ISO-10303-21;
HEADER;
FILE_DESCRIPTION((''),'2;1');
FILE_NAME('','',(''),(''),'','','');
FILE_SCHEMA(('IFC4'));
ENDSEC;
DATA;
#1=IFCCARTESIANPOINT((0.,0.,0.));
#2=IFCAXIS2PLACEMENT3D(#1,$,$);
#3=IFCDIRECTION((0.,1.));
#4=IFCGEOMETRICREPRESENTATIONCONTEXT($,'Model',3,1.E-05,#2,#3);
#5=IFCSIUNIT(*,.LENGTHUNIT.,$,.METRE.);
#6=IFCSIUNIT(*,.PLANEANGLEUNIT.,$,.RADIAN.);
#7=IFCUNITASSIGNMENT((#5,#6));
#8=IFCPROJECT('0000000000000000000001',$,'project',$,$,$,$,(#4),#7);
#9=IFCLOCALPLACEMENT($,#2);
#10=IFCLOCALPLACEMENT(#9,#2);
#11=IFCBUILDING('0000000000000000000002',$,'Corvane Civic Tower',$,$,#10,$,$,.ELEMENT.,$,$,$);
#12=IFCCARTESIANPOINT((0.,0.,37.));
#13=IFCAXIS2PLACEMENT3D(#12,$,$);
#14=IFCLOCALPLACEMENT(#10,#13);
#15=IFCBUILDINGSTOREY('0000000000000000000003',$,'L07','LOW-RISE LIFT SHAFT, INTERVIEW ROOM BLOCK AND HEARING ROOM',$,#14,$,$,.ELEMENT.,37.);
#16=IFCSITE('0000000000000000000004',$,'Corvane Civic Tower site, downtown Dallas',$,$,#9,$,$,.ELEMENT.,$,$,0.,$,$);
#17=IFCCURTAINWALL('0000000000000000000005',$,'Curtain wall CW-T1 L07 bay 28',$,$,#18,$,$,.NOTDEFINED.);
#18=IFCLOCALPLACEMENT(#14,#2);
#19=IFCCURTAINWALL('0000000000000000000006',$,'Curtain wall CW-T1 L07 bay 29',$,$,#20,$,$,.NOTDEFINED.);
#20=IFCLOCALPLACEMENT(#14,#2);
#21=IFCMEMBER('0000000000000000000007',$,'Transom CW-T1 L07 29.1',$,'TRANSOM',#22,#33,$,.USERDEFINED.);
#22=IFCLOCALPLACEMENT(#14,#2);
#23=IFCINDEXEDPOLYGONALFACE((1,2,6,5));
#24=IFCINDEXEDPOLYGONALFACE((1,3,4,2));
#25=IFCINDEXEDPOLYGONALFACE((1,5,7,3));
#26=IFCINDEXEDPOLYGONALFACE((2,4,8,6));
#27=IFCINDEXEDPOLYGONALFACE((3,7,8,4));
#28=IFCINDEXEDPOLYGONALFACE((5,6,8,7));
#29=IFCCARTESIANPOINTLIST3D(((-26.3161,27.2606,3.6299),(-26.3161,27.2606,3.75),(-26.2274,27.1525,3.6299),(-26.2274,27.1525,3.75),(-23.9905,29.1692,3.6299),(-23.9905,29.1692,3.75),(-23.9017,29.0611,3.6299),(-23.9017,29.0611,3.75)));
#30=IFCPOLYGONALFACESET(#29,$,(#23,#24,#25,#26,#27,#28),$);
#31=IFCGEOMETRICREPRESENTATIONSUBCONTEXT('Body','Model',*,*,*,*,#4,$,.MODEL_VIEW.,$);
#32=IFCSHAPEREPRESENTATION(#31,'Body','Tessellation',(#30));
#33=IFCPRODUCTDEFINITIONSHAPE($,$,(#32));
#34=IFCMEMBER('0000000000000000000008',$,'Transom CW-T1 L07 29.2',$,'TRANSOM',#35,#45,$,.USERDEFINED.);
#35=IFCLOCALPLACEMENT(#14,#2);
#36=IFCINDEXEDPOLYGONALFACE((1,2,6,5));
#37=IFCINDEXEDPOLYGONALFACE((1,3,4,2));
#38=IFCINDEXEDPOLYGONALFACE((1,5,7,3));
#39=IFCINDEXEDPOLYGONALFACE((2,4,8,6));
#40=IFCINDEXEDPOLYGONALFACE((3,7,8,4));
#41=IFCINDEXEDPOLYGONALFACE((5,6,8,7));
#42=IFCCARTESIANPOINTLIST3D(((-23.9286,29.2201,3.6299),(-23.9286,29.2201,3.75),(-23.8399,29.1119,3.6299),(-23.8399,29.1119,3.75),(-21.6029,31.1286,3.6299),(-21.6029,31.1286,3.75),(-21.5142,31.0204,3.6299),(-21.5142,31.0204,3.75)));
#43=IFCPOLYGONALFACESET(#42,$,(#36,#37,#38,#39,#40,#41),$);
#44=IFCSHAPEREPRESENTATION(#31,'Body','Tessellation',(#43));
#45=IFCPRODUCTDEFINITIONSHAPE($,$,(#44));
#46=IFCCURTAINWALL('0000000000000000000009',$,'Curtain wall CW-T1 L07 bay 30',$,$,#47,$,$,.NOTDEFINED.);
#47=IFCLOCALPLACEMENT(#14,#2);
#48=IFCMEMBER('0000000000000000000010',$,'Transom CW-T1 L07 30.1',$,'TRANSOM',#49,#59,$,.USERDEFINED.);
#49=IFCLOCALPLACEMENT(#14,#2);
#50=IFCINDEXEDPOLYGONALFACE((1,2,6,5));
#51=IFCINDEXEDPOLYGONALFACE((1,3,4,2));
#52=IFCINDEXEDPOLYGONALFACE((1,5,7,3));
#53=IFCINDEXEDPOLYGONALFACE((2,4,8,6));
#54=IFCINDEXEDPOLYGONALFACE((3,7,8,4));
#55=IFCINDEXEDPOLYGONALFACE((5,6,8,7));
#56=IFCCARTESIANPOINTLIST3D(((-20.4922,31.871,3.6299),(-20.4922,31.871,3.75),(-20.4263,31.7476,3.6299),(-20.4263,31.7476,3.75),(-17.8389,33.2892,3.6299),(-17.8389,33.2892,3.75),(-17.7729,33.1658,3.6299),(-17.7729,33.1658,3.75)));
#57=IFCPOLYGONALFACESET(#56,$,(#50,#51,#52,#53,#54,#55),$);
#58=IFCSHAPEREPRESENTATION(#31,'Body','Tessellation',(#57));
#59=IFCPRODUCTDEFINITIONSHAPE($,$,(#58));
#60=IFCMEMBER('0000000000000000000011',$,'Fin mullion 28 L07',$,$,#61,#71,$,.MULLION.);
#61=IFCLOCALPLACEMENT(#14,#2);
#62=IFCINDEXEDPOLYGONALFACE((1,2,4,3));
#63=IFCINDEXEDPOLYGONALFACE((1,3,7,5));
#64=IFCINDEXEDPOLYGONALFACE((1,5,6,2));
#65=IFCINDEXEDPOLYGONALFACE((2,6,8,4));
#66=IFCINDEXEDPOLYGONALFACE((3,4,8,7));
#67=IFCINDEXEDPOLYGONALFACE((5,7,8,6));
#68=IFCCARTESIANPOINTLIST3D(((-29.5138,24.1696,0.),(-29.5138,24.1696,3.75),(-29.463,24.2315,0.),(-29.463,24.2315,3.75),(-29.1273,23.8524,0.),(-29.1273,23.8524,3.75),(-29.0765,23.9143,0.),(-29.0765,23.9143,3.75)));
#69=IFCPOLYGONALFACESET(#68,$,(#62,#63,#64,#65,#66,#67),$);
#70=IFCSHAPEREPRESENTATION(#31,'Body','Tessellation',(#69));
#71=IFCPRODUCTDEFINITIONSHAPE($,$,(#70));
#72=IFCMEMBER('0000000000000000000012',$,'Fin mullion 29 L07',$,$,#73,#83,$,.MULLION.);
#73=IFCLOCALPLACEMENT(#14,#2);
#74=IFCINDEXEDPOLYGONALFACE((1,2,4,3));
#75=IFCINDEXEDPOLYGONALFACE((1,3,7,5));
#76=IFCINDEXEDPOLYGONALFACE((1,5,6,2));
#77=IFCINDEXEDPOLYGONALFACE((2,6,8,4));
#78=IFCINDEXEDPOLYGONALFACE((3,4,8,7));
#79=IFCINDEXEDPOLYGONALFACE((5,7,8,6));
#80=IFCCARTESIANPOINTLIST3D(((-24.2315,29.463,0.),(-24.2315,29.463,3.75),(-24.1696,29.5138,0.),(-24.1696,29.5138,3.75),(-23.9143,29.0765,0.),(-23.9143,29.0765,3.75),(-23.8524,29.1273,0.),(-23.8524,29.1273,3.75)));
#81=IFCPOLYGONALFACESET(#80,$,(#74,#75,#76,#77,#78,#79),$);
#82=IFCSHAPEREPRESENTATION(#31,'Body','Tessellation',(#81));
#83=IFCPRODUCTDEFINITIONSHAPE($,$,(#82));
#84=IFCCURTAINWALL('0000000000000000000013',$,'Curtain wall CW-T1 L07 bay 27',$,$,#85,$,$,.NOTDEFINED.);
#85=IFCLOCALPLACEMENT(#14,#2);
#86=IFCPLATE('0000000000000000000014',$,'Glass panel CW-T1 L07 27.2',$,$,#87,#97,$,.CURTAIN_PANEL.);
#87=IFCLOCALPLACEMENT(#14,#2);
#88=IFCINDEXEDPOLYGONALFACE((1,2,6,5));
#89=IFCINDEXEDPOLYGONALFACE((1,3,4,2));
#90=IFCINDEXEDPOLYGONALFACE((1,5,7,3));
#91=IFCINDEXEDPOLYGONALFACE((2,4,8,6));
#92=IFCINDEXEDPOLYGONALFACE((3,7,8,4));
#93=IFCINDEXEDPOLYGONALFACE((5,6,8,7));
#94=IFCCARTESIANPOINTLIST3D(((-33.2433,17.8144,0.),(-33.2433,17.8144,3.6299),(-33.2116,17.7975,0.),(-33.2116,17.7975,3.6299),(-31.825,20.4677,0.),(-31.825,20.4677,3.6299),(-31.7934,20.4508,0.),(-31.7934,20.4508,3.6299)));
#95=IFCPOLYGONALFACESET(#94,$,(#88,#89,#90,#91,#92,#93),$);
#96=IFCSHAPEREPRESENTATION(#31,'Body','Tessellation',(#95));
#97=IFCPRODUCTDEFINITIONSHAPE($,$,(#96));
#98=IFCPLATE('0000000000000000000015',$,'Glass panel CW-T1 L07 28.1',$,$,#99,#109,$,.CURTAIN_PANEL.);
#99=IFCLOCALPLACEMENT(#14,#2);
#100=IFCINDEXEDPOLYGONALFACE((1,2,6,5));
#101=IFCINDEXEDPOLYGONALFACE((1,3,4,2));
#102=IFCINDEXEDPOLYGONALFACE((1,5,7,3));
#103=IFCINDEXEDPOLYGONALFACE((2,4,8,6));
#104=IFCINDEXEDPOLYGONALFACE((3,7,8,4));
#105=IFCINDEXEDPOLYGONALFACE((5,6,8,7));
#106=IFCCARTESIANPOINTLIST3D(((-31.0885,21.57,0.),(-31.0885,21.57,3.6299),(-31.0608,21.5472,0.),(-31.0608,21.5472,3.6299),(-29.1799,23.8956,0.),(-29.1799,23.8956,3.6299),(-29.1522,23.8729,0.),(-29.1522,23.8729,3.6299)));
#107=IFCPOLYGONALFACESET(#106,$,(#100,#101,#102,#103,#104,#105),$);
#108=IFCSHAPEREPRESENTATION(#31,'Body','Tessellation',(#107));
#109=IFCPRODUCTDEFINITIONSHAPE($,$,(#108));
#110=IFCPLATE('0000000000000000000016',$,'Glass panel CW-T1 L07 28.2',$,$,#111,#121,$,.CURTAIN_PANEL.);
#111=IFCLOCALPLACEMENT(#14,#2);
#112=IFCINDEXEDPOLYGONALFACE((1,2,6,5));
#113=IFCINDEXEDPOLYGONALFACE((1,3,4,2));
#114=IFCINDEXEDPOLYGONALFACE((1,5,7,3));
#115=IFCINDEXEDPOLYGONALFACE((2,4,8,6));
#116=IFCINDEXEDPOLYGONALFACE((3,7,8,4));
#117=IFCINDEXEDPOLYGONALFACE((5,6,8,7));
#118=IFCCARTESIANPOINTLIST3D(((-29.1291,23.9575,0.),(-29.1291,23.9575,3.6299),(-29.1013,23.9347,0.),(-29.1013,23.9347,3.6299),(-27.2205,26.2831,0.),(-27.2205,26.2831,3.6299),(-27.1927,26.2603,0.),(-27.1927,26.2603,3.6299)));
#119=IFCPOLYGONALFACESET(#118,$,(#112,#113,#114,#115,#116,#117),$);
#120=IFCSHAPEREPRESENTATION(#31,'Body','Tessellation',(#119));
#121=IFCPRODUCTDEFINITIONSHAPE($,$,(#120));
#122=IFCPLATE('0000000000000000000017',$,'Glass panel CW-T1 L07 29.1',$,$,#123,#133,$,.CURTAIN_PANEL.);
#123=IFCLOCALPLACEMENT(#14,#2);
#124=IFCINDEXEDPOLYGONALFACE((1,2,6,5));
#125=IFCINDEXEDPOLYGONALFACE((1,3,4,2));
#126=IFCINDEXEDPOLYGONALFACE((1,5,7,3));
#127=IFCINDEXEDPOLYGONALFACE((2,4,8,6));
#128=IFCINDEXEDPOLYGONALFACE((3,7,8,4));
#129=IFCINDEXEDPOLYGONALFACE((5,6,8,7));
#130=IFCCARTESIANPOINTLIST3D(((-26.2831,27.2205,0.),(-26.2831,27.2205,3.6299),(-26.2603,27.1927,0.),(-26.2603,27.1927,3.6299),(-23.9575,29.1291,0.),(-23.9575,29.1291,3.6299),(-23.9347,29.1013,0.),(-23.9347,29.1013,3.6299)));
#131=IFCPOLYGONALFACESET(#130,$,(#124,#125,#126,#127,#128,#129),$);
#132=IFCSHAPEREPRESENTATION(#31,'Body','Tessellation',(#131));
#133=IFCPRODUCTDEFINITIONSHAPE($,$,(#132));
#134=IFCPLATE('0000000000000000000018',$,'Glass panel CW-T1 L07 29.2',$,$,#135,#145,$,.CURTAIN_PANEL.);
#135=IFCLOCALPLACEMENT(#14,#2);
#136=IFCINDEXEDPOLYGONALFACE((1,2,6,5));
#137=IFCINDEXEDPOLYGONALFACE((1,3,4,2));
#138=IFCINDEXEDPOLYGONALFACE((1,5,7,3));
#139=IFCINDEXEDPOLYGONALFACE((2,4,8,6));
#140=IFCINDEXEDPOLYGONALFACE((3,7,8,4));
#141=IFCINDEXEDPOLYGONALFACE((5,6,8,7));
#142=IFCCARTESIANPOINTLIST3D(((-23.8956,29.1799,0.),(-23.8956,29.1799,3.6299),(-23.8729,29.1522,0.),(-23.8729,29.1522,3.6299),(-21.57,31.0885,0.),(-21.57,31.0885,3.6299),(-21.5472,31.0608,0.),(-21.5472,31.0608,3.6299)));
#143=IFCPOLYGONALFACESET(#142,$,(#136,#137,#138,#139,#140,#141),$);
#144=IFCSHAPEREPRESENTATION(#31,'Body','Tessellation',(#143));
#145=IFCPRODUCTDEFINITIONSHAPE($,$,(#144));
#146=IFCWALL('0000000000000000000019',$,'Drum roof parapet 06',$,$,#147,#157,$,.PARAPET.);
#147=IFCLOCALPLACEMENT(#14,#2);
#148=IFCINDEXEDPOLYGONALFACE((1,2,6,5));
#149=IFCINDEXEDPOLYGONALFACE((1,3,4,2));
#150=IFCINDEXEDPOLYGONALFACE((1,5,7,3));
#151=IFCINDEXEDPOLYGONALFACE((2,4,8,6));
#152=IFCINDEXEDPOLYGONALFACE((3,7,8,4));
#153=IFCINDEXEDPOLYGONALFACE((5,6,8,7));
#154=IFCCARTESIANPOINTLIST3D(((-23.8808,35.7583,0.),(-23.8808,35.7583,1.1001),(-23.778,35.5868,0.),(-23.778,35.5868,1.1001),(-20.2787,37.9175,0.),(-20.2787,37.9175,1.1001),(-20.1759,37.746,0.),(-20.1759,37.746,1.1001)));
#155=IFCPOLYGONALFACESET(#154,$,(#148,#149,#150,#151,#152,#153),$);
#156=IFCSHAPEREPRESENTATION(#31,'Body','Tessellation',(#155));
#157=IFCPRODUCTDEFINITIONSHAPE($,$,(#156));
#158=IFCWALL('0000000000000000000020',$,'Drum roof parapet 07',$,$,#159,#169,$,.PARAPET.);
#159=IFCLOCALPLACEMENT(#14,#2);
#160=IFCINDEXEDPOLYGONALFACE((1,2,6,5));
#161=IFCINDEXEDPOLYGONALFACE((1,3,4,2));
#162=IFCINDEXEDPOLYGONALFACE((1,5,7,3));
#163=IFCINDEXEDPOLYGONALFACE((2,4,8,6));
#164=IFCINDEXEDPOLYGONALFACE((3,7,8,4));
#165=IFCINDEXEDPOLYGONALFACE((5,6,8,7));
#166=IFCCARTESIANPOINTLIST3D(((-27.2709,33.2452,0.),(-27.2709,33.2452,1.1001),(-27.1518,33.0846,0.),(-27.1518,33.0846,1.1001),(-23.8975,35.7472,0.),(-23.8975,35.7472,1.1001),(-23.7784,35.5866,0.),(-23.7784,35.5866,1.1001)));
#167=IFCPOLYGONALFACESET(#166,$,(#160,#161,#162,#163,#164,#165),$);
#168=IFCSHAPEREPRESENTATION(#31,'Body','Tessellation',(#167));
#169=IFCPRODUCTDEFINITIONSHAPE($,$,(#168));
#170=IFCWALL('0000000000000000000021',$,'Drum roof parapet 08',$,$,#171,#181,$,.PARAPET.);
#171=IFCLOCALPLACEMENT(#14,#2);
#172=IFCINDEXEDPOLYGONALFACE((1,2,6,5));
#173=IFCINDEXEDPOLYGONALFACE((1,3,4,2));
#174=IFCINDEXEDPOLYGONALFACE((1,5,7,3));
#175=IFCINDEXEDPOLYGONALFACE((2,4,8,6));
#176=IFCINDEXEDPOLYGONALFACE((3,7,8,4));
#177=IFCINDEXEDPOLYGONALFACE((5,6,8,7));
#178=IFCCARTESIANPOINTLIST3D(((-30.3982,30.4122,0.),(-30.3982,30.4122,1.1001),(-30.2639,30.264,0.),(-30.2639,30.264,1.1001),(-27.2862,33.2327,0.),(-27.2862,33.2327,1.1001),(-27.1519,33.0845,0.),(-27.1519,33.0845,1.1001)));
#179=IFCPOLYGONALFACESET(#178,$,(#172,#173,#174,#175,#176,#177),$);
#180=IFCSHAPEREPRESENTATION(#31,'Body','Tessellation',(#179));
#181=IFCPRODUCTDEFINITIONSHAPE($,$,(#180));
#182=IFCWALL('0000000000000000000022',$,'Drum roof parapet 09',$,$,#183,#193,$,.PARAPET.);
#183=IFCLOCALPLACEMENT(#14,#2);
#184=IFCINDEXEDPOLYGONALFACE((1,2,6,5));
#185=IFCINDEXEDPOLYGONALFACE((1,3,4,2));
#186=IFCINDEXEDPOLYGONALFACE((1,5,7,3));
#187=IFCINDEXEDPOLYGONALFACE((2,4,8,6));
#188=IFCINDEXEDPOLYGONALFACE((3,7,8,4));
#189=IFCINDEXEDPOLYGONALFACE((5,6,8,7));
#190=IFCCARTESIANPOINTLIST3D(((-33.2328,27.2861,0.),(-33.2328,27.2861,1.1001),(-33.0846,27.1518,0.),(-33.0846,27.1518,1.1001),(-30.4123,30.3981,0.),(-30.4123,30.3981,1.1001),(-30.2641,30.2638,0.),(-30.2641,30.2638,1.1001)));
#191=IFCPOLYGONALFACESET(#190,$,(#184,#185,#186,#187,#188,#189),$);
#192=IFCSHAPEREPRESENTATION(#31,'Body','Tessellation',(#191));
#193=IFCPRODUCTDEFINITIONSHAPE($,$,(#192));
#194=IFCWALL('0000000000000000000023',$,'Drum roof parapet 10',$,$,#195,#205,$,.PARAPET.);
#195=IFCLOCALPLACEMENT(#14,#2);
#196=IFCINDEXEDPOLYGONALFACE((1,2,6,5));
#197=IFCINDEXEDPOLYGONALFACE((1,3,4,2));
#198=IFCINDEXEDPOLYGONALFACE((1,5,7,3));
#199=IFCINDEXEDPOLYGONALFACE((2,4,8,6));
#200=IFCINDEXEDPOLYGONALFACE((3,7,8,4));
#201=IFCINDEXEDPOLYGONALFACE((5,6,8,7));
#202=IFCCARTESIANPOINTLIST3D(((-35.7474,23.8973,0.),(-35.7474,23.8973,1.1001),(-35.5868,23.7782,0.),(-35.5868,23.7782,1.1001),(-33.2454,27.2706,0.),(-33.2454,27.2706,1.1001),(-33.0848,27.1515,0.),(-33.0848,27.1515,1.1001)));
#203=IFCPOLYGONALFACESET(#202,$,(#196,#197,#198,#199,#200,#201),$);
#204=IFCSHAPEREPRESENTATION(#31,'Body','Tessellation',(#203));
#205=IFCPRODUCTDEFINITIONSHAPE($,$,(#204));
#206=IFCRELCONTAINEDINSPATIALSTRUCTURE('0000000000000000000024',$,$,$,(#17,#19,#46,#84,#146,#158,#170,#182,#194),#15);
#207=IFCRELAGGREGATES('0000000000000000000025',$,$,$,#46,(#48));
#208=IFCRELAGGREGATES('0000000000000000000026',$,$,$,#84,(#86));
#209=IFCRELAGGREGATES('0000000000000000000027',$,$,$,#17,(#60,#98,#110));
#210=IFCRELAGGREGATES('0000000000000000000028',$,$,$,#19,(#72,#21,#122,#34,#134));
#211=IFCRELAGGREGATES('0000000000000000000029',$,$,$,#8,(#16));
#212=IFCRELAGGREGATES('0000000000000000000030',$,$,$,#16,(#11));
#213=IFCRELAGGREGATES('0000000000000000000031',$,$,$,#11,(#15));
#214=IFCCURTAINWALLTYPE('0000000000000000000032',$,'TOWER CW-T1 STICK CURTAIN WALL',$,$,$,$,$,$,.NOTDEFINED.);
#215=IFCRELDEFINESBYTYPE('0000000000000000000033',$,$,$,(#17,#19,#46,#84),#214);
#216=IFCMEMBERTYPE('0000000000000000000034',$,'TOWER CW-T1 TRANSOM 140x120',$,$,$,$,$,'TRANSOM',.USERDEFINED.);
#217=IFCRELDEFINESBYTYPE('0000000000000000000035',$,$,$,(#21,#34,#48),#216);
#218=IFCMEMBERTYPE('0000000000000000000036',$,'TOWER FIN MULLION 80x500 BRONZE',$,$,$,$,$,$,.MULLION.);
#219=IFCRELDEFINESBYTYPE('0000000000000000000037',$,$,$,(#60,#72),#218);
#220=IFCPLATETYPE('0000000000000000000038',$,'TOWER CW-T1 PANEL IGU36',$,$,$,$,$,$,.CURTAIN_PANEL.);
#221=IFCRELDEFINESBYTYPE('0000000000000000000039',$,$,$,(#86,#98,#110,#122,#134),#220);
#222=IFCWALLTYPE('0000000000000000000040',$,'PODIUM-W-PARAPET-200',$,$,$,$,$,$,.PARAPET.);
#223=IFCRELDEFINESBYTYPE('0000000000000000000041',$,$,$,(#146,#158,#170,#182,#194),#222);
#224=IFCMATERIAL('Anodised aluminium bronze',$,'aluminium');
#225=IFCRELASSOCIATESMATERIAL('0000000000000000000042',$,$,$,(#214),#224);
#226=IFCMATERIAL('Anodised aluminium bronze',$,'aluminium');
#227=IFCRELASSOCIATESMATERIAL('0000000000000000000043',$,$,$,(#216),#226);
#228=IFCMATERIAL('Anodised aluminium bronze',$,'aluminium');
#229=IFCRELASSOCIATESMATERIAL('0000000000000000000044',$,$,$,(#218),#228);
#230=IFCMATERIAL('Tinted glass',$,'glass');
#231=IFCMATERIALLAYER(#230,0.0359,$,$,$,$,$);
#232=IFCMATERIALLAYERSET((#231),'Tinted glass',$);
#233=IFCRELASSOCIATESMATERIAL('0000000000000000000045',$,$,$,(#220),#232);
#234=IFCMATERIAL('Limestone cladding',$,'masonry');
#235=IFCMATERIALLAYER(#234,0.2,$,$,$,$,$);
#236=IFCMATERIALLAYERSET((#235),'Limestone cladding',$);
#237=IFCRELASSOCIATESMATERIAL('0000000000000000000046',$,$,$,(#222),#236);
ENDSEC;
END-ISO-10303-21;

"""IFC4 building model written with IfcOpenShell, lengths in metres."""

from ifc_helpers import new_model, si_unit, direction, frame, frame_2d, origin, origin_2d, place, context, subcontext, project, spatial, rectangle, extrude, material, layer, layer_set, material_profile, profile_set, type_object, element, aggregate, save


model = new_model("IFC4")

# Units and contexts
model_context = context("Model", 3, precision=1e-05, world=origin(), true_north=direction((0.0, 1.0)))
body_context = subcontext(model_context, "Body", "Model", "MODEL_VIEW")
ifc_project = project(units=[si_unit("LENGTHUNIT", "METRE"), si_unit("PLANEANGLEUNIT", "RADIAN")], contexts=[model_context])

# Site, building, storey
site_placement = place(None, origin())
site = spatial("IfcSite", under=ifc_project, at=site_placement, Name="Corvane Civic Tower site, downtown Dallas", CompositionType="ELEMENT", RefElevation=0.0)
building_placement = place(site_placement, origin())
building = spatial("IfcBuilding", under=site, at=building_placement, Name="Corvane Civic Tower", CompositionType="ELEMENT")
storey_placement = place(building_placement, frame((0.0, 0.0, 37.0)))
storey = spatial("IfcBuildingStorey", under=building, at=storey_placement, Name="L07", Description="LOW-RISE LIFT SHAFT, INTERVIEW ROOM BLOCK AND HEARING ROOM", CompositionType="ELEMENT", Elevation=37.0)

# Curtain walls, members
ifc_material_1 = material(Name="Anodised aluminium bronze", Category="aluminium")
curtain_wall_type = type_object("IfcCurtainWallType", Name="TOWER CW-T1 STICK CURTAIN WALL", PredefinedType="NOTDEFINED", material=ifc_material_1)
curtain_wall_1_placement = place(storey_placement, origin())
curtain_wall_1 = element("IfcCurtainWall", 1, at=curtain_wall_1_placement, inside=storey, type_object=curtain_wall_type, Name="Curtain wall CW-T1 L07 bay 28", PredefinedType="NOTDEFINED")
ifc_material_2 = material(Name="Anodised aluminium bronze", Category="aluminium")
ifc_material_profile_1 = material_profile(ifc_material_2, rectangle(XDim=0.1399, YDim=0.1201, at=origin_2d()), Name="TOWER CW-T1 TRANSOM 140x120")
ifc_profile_set_1 = profile_set([ifc_material_profile_1], Name="Anodised aluminium bronze")
member_type_1 = type_object("IfcMemberType", Name="TOWER CW-T1 TRANSOM 140x120", ElementType="TRANSOM", PredefinedType="USERDEFINED", material=ifc_profile_set_1)
curtain_wall_2_placement = place(storey_placement, origin())
curtain_wall_2 = element("IfcCurtainWall", 2, at=curtain_wall_2_placement, inside=storey, type_object=curtain_wall_type, Name="Curtain wall CW-T1 L07 bay 29", PredefinedType="NOTDEFINED")
member_1_placement = place(storey_placement, frame((-26.2717, 27.2065, 3.6899), z_axis=(0.773002, 0.634404, 0.0), x_axis=(-0.634404, 0.773002, 0.0)))
member_1 = element("IfcMember", 3, at=member_1_placement, type_object=member_type_1, Name="Transom CW-T1 L07 29.1", ObjectType="TRANSOM", PredefinedType="USERDEFINED", context=body_context, shape_type="SweptSolid", body=[
    extrude(rectangle(XDim=0.1399, YDim=0.1201, at=origin_2d()), origin(), (0.0, 0.0, 1.0), 3.0085),
])
member_2_placement = place(storey_placement, frame((-23.8843, 29.166, 3.6899), z_axis=(0.773042, 0.634355, 0.0), x_axis=(-0.634355, 0.773042, 0.0)))
member_2 = element("IfcMember", 4, at=member_2_placement, type_object=member_type_1, Name="Transom CW-T1 L07 29.2", ObjectType="TRANSOM", PredefinedType="USERDEFINED", context=body_context, shape_type="SweptSolid", body=[
    extrude(rectangle(XDim=0.1399, YDim=0.1201, at=origin_2d()), origin(), (0.0, 0.0, 1.0), 3.0085),
])

# Curtain wall, member
curtain_wall_3_placement = place(storey_placement, origin())
curtain_wall_3 = element("IfcCurtainWall", 5, at=curtain_wall_3_placement, inside=storey, type_object=curtain_wall_type, Name="Curtain wall CW-T1 L07 bay 30", PredefinedType="NOTDEFINED")
member_3_placement = place(storey_placement, frame((-20.4592, 31.8093, 3.6899), z_axis=(0.881924, 0.471393, 0.0), x_axis=(-0.471393, 0.881924, 0.0)))
member_3 = element("IfcMember", 6, at=member_3_placement, type_object=member_type_1, Name="Transom CW-T1 L07 30.1", ObjectType="TRANSOM", PredefinedType="USERDEFINED", context=body_context, shape_type="SweptSolid", body=[
    extrude(rectangle(XDim=0.1399, YDim=0.1201, at=origin_2d()), origin(), (0.0, 0.0, 1.0), 3.0085),
])
aggregate(curtain_wall_3, [member_3])

# Members
ifc_material_3 = material(Name="Anodised aluminium bronze", Category="aluminium")
ifc_material_profile_2 = material_profile(ifc_material_3, rectangle(XDim=0.0801, YDim=0.5, at=origin_2d()), Name="TOWER FIN MULLION 80x500 BRONZE")
ifc_profile_set_2 = profile_set([ifc_material_profile_2], Name="Anodised aluminium bronze")
member_type_2 = type_object("IfcMemberType", Name="TOWER FIN MULLION 80x500 BRONZE", PredefinedType="MULLION", material=ifc_profile_set_2)
member_4_placement = place(storey_placement, frame((-29.2952, 24.042, 0.0), z_axis=(0.0, 0.0, 1.0), x_axis=(0.634397, 0.773007, 0.0)))
member_4 = element("IfcMember", 7, at=member_4_placement, type_object=member_type_2, Name="Fin mullion 28 L07", PredefinedType="MULLION", context=body_context, shape_type="SweptSolid", body=[
    extrude(rectangle(XDim=0.0801, YDim=0.5, at=origin_2d()), origin(), (0.0, 0.0, 1.0), 3.75),
])
member_5_placement = place(storey_placement, frame((-24.042, 29.2952, 0.0), z_axis=(0.0, 0.0, 1.0), x_axis=(0.773007, 0.634397, 0.0)))
member_5 = element("IfcMember", 8, at=member_5_placement, type_object=member_type_2, Name="Fin mullion 29 L07", PredefinedType="MULLION", context=body_context, shape_type="SweptSolid", body=[
    extrude(rectangle(XDim=0.0801, YDim=0.5, at=origin_2d()), origin(), (0.0, 0.0, 1.0), 3.75),
])

# Curtain wall, plate
curtain_wall_4_placement = place(storey_placement, origin())
curtain_wall_4 = element("IfcCurtainWall", 9, at=curtain_wall_4_placement, inside=storey, type_object=curtain_wall_type, Name="Curtain wall CW-T1 L07 bay 27", PredefinedType="NOTDEFINED")
ifc_material_4 = material(Name="Tinted glass", Category="glass")
ifc_layer_1 = layer(ifc_material_4, 0.0359)
ifc_layer_set_1 = layer_set([ifc_layer_1], Name="Tinted glass")
plate_type = type_object("IfcPlateType", Name="TOWER CW-T1 PANEL IGU36", PredefinedType="CURTAIN_PANEL", material=ifc_layer_set_1)
plate_1_placement = place(storey_placement, frame((-32.5183, 19.1326, 0.0), z_axis=(0.0, 0.0, 1.0), x_axis=(0.471404, 0.881918, 0.0)))
plate_1 = element("IfcPlate", 10, at=plate_1_placement, type_object=plate_type, Name="Glass panel CW-T1 L07 27.2", PredefinedType="CURTAIN_PANEL", context=body_context, shape_type="SweptSolid", body=[
    extrude(rectangle(XDim=3.0085, YDim=0.0359, at=origin_2d()), origin(), (0.0, 0.0, 1.0), 3.6299),
])
aggregate(curtain_wall_4, [plate_1])

# Plates
plate_2_placement = place(storey_placement, frame((-30.1204, 22.7214, 0.0), z_axis=(0.0, 0.0, 1.0), x_axis=(0.634397, 0.773007, 0.0)))
plate_2 = element("IfcPlate", 11, at=plate_2_placement, type_object=plate_type, Name="Glass panel CW-T1 L07 28.1", PredefinedType="CURTAIN_PANEL", context=body_context, shape_type="SweptSolid", body=[
    extrude(rectangle(XDim=3.0085, YDim=0.0359, at=origin_2d()), origin(), (0.0, 0.0, 1.0), 3.6299),
])
plate_3_placement = place(storey_placement, frame((-28.1609, 25.1089, 0.0), z_axis=(0.0, 0.0, 1.0), x_axis=(0.634397, 0.773007, 0.0)))
plate_3 = element("IfcPlate", 12, at=plate_3_placement, type_object=plate_type, Name="Glass panel CW-T1 L07 28.2", PredefinedType="CURTAIN_PANEL", context=body_context, shape_type="SweptSolid", body=[
    extrude(rectangle(XDim=3.0085, YDim=0.0359, at=origin_2d()), origin(), (0.0, 0.0, 1.0), 3.6299),
])
aggregate(curtain_wall_1, [member_4, plate_2, plate_3])
plate_4_placement = place(storey_placement, frame((-25.1089, 28.1609, 0.0), z_axis=(0.0, 0.0, 1.0), x_axis=(0.773007, 0.634397, 0.0)))
plate_4 = element("IfcPlate", 13, at=plate_4_placement, type_object=plate_type, Name="Glass panel CW-T1 L07 29.1", PredefinedType="CURTAIN_PANEL", context=body_context, shape_type="SweptSolid", body=[
    extrude(rectangle(XDim=3.0085, YDim=0.0359, at=origin_2d()), origin(), (0.0, 0.0, 1.0), 3.6299),
])
plate_5_placement = place(storey_placement, frame((-22.7214, 30.1204, 0.0), z_axis=(0.0, 0.0, 1.0), x_axis=(0.773007, 0.634397, 0.0)))
plate_5 = element("IfcPlate", 14, at=plate_5_placement, type_object=plate_type, Name="Glass panel CW-T1 L07 29.2", PredefinedType="CURTAIN_PANEL", context=body_context, shape_type="SweptSolid", body=[
    extrude(rectangle(XDim=3.0085, YDim=0.0359, at=origin_2d()), origin(), (0.0, 0.0, 1.0), 3.6299),
])
aggregate(curtain_wall_2, [member_5, member_1, plate_4, member_2, plate_5])

# Walls
ifc_material_5 = material(Name="Limestone cladding", Category="masonry")
ifc_layer_2 = layer(ifc_material_5, 0.2)
ifc_layer_set_2 = layer_set([ifc_layer_2], Name="Limestone cladding")
wall_type_1 = type_object("IfcWallType", Name="PODIUM-W-PARAPET-200", PredefinedType="PARAPET", material=ifc_layer_set_2)
wall_1_placement = place(storey_placement, frame((-20.2273, 37.8318, 0.0), z_axis=(0.0, 0.0, 1.0), x_axis=(-0.857708, -0.514137, 0.0)))
element("IfcWall", 15, at=wall_1_placement, inside=storey, type_object=wall_type_1, Name="Drum roof parapet 06", PredefinedType="PARAPET", context=body_context, shape_type="SweptSolid", body=[
    extrude(rectangle(XDim=4.1997, YDim=0.2, at=frame_2d((2.0999, 0.0))), origin(), (0.0, 0.0, 1.0), 1.1001),
])
for number, where, z_axis, x_axis, name in (
    (16, (-23.8379, 35.667, 0.0), (0.0, 0.0, 1.0), (-0.80319, -0.595722, 0.0), "Drum roof parapet 07"),
    (17, (-27.219, 33.1587, 0.0), (0.0, 0.0, 1.0), (-0.740957, -0.671552, 0.0), "Drum roof parapet 08"),
    (18, (-30.3381, 30.3311, 0.0), (0.0, 0.0, 1.0), (-0.671552, -0.740957, 0.0), "Drum roof parapet 09"),
    (19, (-33.165, 27.2112, 0.0), (0.0, 0.0, 1.0), (-0.595722, -0.80319, 0.0), "Drum roof parapet 10"),
):
    element("IfcWall", number, at=place(storey_placement, frame(where, z_axis=z_axis, x_axis=x_axis)), inside=storey, type_object=wall_type_1, Name=name, PredefinedType="PARAPET", context=body_context, shape_type="SweptSolid", body=[
        extrude(rectangle(XDim=4.2, YDim=0.2, at=frame_2d((2.1001, 0.0))), origin(), (0.0, 0.0, 1.0), 1.1001),
    ])

save(model, "model.ifc")
